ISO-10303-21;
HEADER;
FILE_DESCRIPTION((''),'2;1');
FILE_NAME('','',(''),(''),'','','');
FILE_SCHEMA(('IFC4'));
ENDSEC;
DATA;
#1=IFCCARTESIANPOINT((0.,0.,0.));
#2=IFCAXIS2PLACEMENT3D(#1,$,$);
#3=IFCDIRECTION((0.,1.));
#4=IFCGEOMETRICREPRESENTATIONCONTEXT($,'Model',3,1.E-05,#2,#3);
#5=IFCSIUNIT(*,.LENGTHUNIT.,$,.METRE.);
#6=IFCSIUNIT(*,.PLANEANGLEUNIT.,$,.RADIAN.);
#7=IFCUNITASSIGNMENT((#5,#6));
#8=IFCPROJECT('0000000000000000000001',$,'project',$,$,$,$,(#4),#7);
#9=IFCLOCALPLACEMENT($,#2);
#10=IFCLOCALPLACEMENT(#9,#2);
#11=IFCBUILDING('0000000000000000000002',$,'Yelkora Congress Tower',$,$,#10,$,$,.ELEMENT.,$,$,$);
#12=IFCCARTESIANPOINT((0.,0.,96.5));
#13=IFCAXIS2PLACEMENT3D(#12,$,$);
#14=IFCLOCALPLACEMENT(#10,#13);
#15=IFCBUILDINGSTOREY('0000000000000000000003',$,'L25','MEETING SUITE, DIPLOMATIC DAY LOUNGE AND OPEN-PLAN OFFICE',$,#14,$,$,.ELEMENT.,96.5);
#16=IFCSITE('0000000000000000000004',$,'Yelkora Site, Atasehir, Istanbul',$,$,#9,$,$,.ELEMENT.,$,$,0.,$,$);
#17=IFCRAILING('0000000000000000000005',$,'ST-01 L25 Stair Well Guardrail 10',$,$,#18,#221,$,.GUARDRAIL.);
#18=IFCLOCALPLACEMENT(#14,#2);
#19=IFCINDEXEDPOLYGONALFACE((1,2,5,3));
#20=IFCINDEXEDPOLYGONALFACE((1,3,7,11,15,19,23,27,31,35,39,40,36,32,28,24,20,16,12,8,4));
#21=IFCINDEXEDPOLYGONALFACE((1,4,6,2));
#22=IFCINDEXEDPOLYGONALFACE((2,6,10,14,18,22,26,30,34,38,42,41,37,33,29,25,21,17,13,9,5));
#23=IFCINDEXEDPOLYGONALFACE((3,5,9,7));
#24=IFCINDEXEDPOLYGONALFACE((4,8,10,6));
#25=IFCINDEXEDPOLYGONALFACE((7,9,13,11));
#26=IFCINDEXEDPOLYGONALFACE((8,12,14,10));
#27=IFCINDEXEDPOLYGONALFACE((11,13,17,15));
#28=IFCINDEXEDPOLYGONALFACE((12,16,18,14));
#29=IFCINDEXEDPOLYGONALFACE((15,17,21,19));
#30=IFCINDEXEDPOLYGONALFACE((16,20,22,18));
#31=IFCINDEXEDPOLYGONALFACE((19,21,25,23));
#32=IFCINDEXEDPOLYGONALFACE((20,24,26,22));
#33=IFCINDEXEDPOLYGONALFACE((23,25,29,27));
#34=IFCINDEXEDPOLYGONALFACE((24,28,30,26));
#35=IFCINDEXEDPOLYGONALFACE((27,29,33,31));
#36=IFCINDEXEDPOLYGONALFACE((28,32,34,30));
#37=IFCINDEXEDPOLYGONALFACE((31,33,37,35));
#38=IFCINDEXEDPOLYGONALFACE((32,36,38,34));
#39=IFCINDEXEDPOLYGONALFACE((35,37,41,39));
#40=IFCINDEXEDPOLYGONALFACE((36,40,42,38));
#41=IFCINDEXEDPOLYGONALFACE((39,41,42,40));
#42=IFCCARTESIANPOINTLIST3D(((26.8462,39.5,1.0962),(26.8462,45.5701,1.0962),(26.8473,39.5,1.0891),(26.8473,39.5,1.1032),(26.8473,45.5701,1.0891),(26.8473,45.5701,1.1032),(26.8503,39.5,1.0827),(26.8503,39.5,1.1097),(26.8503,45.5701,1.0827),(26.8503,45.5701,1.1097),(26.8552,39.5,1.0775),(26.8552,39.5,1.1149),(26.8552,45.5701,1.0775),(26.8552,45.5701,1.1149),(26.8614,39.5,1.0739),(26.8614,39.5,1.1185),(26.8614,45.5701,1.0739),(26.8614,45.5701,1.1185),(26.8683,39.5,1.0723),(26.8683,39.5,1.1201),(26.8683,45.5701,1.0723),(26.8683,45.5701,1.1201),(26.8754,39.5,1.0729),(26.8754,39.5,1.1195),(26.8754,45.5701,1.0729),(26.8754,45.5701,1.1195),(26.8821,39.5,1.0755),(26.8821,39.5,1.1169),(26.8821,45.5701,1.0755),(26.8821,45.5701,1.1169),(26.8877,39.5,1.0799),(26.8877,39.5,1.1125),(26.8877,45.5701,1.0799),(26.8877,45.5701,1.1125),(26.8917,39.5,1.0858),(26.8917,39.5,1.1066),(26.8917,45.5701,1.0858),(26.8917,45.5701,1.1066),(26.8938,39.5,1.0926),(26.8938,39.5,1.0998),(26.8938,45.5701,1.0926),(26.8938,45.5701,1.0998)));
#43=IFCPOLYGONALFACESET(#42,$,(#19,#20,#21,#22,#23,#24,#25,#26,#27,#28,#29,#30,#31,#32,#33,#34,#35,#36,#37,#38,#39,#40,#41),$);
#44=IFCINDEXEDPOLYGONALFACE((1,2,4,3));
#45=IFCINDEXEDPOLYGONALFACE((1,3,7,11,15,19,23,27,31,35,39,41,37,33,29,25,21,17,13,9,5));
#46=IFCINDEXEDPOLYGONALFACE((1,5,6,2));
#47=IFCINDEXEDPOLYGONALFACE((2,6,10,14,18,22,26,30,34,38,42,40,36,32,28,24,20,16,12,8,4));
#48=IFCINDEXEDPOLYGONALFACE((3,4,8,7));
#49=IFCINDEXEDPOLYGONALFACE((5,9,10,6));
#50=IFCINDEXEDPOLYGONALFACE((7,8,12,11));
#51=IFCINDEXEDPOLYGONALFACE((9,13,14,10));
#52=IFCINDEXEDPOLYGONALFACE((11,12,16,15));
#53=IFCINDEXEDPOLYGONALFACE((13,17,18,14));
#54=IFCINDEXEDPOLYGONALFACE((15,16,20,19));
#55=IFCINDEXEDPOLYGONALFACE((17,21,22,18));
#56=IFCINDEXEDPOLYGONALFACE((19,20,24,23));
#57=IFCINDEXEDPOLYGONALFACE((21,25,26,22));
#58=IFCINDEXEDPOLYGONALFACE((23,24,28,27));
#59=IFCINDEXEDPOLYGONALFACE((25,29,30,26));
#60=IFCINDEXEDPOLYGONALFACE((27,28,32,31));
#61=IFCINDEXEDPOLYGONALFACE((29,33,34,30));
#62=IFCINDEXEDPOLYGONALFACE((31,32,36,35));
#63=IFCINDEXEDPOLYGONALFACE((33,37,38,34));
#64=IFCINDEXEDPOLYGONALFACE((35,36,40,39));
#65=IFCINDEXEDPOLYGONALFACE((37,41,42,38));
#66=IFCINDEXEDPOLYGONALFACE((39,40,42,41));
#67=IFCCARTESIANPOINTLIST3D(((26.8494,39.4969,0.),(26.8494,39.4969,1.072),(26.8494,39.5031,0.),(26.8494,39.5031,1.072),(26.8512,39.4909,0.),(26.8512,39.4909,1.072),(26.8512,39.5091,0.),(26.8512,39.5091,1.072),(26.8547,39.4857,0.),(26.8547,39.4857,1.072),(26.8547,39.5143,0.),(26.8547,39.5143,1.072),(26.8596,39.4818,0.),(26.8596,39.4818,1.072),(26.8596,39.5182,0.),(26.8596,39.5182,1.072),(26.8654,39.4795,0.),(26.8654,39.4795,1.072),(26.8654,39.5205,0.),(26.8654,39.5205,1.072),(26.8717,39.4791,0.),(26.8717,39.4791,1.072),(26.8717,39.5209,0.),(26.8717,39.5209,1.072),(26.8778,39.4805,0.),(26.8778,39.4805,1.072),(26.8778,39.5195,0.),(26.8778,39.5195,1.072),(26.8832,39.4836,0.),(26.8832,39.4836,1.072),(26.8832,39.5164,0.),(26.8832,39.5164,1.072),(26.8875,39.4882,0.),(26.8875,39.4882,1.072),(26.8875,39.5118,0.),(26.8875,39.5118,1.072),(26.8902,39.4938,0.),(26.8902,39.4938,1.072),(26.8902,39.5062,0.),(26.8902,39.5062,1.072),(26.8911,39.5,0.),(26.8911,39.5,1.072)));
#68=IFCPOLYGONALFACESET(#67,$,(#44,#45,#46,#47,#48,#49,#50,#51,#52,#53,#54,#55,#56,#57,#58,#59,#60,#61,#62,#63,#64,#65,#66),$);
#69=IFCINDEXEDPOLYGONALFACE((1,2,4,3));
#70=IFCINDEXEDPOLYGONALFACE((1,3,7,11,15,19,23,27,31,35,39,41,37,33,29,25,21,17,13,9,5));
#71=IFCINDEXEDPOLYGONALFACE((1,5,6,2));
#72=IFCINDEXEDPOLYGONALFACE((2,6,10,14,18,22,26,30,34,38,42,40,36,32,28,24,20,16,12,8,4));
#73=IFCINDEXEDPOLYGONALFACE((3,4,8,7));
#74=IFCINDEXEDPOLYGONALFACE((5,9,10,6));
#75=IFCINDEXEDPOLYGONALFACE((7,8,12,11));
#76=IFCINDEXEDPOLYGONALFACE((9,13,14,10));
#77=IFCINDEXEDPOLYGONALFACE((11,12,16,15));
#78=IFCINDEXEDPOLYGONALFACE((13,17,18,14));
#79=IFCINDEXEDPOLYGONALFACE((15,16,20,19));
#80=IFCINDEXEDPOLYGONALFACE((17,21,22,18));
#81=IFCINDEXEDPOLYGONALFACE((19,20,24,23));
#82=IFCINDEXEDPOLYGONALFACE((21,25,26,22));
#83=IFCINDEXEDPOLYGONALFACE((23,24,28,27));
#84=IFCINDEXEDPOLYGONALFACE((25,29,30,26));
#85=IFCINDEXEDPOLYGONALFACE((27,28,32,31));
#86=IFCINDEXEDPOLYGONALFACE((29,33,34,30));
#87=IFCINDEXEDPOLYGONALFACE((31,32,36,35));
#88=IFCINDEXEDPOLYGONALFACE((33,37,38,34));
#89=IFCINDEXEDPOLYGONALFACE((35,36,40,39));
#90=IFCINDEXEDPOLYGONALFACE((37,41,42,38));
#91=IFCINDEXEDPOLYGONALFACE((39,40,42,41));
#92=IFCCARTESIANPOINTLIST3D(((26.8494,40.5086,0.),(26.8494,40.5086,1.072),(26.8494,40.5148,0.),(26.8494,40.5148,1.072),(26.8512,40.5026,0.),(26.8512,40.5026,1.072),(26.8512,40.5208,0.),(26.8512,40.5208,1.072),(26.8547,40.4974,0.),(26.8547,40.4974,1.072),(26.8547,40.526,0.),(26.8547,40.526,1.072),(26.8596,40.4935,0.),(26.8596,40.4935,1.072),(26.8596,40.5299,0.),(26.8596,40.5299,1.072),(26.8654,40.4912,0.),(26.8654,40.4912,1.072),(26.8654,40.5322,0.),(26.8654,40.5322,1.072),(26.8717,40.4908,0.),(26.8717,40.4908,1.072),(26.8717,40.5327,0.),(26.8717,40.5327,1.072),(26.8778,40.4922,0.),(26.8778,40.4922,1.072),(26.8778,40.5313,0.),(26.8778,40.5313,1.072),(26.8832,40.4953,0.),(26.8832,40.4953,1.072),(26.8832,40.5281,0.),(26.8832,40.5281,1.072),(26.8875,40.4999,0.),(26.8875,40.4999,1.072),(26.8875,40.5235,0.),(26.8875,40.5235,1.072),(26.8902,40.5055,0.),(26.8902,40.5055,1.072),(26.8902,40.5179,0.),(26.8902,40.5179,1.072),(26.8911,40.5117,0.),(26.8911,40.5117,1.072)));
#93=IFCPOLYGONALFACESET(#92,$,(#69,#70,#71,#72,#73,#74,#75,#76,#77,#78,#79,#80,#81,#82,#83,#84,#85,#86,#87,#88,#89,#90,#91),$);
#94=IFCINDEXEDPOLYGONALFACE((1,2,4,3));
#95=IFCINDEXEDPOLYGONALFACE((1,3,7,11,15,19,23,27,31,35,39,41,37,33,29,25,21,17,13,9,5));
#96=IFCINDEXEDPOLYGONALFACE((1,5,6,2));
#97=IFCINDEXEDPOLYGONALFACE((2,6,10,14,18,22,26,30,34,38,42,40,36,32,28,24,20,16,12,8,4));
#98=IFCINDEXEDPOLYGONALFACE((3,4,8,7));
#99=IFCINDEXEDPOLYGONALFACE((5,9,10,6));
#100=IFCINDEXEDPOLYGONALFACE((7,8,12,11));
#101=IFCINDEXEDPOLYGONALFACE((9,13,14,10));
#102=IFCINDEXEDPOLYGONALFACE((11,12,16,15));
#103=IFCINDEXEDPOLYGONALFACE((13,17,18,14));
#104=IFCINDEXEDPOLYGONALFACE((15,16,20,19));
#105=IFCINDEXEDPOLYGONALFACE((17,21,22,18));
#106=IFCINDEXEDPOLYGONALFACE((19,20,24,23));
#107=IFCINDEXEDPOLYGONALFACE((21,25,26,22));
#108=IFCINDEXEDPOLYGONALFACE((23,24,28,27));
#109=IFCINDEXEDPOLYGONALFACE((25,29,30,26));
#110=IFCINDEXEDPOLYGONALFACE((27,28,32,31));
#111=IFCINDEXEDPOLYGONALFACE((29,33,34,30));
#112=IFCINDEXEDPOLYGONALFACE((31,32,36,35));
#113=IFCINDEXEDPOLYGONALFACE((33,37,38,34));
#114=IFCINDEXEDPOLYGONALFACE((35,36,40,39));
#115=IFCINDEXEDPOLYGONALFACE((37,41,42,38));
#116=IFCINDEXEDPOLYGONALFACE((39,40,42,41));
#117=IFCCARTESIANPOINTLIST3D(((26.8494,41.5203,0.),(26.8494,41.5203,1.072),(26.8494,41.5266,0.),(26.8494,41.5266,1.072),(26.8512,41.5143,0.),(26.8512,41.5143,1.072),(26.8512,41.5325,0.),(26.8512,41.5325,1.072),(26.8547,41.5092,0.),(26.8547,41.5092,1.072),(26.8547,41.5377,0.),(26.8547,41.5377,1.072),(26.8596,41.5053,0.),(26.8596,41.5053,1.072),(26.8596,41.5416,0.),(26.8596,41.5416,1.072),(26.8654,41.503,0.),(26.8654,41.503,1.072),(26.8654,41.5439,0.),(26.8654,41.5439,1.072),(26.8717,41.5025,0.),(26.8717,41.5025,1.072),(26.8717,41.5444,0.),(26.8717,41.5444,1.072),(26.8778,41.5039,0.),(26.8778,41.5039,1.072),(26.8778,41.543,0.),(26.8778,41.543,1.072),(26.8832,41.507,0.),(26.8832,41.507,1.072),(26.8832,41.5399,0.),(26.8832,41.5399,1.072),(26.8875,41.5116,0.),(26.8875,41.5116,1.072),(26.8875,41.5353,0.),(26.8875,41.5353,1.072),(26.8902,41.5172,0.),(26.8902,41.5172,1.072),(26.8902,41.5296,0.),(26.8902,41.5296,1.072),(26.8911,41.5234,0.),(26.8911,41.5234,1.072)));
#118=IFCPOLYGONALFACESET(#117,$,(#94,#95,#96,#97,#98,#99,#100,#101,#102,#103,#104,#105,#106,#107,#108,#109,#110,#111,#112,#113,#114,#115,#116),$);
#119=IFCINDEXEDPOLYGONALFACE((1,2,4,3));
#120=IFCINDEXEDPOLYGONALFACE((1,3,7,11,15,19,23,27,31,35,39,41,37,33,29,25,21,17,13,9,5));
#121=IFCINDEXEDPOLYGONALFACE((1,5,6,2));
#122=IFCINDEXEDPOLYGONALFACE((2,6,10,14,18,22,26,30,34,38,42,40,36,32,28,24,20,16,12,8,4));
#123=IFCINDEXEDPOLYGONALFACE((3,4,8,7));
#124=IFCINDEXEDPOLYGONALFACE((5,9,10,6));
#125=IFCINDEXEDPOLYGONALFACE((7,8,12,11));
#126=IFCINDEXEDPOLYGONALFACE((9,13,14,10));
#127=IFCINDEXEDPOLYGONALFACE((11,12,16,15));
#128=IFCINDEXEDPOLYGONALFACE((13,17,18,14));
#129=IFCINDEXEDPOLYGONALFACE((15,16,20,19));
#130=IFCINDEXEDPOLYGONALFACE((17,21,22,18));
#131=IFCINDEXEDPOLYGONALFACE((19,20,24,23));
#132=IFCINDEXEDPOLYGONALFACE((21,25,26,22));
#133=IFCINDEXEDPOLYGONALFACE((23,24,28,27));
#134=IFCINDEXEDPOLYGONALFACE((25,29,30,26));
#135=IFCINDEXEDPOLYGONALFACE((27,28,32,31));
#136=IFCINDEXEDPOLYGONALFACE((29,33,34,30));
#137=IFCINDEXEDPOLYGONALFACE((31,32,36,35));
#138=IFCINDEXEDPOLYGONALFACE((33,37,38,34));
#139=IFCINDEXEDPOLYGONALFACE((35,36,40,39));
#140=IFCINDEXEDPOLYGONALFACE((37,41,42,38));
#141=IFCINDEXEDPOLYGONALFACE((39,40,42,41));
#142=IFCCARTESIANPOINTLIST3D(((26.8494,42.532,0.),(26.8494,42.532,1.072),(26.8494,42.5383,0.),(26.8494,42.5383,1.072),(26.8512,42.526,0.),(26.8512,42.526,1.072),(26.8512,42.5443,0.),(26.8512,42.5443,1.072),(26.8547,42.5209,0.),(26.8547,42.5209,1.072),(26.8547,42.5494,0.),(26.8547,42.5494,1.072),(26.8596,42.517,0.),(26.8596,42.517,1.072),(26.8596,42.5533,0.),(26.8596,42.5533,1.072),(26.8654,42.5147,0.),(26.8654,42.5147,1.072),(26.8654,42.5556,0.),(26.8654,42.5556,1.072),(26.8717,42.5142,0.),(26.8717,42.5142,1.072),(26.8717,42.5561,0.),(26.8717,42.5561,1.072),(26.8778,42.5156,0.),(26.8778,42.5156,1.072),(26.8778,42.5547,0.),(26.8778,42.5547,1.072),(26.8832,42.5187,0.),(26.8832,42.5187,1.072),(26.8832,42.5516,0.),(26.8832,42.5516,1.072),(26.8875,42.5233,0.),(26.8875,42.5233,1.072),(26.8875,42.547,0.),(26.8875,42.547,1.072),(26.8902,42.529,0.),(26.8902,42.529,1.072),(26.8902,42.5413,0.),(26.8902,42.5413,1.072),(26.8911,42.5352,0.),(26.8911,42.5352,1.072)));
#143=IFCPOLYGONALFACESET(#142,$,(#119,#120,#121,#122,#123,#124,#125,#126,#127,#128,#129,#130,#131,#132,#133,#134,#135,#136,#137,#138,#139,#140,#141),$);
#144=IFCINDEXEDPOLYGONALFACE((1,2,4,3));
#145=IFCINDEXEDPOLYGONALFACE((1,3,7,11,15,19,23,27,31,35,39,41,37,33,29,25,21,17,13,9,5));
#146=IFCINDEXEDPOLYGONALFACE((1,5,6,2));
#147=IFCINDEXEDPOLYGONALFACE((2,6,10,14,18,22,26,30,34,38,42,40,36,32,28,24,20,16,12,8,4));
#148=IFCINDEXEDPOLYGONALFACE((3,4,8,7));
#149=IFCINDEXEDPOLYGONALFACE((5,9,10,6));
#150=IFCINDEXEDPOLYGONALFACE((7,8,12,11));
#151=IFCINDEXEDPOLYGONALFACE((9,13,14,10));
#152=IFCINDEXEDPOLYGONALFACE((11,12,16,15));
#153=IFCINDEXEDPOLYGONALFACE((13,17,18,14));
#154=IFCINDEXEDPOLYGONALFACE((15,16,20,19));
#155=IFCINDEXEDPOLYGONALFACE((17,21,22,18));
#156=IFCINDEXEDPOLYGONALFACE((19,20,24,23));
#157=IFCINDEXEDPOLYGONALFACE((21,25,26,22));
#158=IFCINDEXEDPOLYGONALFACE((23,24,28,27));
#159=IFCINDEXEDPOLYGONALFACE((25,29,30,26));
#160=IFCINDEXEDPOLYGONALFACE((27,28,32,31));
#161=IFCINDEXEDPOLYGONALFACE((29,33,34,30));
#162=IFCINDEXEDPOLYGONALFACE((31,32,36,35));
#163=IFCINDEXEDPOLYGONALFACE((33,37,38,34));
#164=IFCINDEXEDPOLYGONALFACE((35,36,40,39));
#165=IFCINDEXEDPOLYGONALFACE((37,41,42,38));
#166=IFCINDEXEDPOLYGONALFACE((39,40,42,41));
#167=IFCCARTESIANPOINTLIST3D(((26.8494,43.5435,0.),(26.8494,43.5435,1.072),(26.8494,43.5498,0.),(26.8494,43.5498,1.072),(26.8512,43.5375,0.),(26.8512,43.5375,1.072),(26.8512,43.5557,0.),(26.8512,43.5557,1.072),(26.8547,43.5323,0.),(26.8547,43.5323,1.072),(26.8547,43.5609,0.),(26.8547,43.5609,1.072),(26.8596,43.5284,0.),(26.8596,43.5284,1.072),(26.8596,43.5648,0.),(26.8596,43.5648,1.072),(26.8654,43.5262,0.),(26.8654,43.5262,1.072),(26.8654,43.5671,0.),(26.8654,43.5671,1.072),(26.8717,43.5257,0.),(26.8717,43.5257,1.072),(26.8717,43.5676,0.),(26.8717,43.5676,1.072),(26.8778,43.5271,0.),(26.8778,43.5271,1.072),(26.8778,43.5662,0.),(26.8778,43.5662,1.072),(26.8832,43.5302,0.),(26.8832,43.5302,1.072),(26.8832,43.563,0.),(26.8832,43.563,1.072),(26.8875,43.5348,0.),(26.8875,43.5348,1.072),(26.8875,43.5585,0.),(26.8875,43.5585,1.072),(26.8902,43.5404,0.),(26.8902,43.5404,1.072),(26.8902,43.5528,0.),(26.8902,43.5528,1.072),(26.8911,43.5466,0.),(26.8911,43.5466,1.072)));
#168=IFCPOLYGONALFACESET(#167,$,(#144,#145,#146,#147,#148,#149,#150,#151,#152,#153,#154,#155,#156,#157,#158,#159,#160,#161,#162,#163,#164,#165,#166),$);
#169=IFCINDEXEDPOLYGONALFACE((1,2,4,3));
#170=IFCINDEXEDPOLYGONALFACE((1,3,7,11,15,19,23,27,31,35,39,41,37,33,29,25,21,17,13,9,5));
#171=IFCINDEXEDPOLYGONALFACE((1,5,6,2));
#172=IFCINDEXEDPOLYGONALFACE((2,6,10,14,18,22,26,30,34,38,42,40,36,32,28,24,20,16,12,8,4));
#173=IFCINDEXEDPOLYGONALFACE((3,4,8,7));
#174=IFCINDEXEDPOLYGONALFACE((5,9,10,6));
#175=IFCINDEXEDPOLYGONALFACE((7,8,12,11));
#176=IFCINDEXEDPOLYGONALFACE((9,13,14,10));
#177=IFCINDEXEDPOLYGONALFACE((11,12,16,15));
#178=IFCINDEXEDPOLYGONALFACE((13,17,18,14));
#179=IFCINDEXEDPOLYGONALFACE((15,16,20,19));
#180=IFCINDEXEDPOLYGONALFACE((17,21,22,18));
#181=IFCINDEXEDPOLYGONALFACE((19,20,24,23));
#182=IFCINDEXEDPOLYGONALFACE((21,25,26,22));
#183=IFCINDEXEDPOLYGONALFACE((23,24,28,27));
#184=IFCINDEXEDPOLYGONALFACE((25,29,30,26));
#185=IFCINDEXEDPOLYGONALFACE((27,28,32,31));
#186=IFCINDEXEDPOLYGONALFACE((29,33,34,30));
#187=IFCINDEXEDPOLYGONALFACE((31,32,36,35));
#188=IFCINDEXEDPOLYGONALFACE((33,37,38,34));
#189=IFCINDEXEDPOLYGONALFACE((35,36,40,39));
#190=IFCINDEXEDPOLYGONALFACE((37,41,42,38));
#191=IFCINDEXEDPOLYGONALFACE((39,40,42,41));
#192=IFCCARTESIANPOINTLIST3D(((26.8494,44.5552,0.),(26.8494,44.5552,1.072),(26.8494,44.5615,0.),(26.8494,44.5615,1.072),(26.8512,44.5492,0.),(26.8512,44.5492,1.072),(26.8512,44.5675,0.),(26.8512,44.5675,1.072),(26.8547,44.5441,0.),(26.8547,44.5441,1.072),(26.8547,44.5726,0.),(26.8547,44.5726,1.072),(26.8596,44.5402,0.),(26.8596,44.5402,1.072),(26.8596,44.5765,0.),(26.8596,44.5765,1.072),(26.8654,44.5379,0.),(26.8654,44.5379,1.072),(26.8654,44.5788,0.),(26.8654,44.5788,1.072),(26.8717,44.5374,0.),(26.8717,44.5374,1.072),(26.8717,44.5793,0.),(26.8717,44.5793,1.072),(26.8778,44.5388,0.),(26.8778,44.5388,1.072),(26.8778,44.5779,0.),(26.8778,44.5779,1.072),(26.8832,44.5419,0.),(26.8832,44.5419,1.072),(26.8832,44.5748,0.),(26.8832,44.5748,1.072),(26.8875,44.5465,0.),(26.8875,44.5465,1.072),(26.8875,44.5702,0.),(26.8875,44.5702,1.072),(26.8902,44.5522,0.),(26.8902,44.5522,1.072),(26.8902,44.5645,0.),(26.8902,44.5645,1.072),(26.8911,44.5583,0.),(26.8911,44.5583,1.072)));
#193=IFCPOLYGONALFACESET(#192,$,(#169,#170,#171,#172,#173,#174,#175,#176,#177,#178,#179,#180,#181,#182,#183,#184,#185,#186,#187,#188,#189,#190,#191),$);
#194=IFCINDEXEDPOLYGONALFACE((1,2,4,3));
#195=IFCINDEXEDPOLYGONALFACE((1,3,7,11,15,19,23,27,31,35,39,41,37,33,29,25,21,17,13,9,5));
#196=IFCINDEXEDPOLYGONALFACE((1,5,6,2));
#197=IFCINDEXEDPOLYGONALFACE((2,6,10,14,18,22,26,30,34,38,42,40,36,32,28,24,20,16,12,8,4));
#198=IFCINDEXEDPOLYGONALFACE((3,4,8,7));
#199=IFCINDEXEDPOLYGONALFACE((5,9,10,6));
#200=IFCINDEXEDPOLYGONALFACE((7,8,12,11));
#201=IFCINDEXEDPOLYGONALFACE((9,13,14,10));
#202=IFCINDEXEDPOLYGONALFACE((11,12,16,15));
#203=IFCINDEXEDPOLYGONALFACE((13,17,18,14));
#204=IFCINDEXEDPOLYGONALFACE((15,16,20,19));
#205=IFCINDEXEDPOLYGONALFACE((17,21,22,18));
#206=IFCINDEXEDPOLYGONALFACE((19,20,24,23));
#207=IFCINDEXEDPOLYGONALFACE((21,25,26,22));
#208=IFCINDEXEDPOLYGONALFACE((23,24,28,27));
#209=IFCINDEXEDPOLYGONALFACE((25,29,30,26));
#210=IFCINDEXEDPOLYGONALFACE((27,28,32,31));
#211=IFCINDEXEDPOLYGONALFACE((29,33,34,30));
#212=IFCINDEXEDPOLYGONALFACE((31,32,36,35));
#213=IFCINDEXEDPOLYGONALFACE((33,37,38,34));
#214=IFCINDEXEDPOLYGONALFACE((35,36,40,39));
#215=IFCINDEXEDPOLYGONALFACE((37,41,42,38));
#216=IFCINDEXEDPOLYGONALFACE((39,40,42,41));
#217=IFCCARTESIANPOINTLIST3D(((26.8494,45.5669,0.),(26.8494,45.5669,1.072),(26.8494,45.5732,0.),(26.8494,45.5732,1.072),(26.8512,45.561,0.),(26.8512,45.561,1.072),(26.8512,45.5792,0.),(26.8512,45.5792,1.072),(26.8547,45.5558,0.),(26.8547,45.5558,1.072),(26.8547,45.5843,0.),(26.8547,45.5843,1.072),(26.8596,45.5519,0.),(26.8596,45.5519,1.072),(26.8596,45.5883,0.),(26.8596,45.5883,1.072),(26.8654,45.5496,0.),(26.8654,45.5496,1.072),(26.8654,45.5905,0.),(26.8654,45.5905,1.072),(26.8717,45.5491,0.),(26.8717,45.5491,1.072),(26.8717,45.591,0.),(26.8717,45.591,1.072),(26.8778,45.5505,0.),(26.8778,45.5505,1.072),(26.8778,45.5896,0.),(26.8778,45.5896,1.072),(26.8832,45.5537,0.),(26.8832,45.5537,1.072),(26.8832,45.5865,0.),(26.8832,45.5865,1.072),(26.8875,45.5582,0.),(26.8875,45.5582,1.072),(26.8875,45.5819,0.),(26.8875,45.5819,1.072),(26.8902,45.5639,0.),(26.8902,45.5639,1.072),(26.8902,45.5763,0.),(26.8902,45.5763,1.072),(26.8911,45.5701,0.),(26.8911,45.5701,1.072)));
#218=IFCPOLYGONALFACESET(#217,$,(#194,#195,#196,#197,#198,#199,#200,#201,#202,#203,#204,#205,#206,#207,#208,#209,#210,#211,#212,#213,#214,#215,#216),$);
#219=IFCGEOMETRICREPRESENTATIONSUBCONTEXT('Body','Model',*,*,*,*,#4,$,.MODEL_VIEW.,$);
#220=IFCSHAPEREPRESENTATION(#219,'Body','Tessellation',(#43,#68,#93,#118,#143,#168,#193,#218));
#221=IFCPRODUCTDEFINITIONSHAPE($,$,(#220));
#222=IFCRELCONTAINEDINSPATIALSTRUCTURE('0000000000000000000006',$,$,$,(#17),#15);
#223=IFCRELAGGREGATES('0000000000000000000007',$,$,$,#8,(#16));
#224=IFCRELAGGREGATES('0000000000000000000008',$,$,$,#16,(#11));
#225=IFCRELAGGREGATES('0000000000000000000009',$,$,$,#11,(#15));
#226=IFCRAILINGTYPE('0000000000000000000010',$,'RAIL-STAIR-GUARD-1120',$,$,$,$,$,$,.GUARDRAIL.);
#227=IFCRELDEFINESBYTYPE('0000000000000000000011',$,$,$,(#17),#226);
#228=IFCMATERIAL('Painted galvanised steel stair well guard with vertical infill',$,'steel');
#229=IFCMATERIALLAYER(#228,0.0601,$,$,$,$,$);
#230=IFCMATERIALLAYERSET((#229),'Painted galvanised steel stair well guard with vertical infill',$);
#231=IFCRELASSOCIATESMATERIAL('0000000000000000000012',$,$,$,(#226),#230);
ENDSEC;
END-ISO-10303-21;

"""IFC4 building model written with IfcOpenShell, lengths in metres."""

from ifc_helpers import new_model, si_unit, direction, frame, origin, origin_2d, place, context, subcontext, project, spatial, circle, extrude, material, layer, layer_set, type_object, element, save


model = new_model("IFC4")

# Units and contexts
model_context = context("Model", 3, precision=1e-05, world=origin(), true_north=direction((0.0, 1.0)))
body_context = subcontext(model_context, "Body", "Model", "MODEL_VIEW")
ifc_project = project(units=[si_unit("LENGTHUNIT", "METRE"), si_unit("PLANEANGLEUNIT", "RADIAN")], contexts=[model_context])

# Site, building, storey
site_placement = place(None, origin())
site = spatial("IfcSite", under=ifc_project, at=site_placement, Name="Yelkora Site, Atasehir, Istanbul", CompositionType="ELEMENT", RefElevation=0.0)
building_placement = place(site_placement, origin())
building = spatial("IfcBuilding", under=site, at=building_placement, Name="Yelkora Congress Tower", CompositionType="ELEMENT")
storey_placement = place(building_placement, frame((0.0, 0.0, 96.5)))
storey = spatial("IfcBuildingStorey", under=building, at=storey_placement, Name="L25", Description="MEETING SUITE, DIPLOMATIC DAY LOUNGE AND OPEN-PLAN OFFICE", CompositionType="ELEMENT", Elevation=96.5)

# Railing
ifc_material_1 = material(Name="Painted galvanised steel stair well guard with vertical infill", Category="steel")
ifc_layer_1 = layer(ifc_material_1, 0.0601)
ifc_layer_set_1 = layer_set([ifc_layer_1], Name="Painted galvanised steel stair well guard with vertical infill")
railing_type_1 = type_object("IfcRailingType", Name="RAIL-STAIR-GUARD-1120", PredefinedType="GUARDRAIL", material=ifc_layer_set_1)
railing_1_placement = place(storey_placement, frame((26.8701, 39.5, 0.0)))
element("IfcRailing", 1, at=railing_1_placement, inside=storey, type_object=railing_type_1, Name="ST-01 L25 Stair Well Guardrail 10", PredefinedType="GUARDRAIL", context=body_context, shape_type="SweptSolid", body=[
    extrude(circle(Radius=0.0239, at=origin_2d()), frame((0.0, 0.0, 1.0962), z_axis=(0.0, 1.0, 0.0), x_axis=(-1.0, 0.0, 0.0)), (0.0, 0.0, 1.0), 6.0701),
    extrude(circle(Radius=0.021, at=origin_2d()), origin(), (0.0, 0.0, 1.0), 1.072),
    extrude(circle(Radius=0.021, at=origin_2d()), frame((0.0, 1.0117, 0.0)), (0.0, 0.0, 1.0), 1.072),
    extrude(circle(Radius=0.021, at=origin_2d()), frame((0.0, 2.0234, 0.0)), (0.0, 0.0, 1.0), 1.072),
    extrude(circle(Radius=0.021, at=origin_2d()), frame((0.0, 3.0352, 0.0)), (0.0, 0.0, 1.0), 1.072),
    extrude(circle(Radius=0.021, at=origin_2d()), frame((0.0, 4.0466, 0.0)), (0.0, 0.0, 1.0), 1.072),
    extrude(circle(Radius=0.021, at=origin_2d()), frame((0.0, 5.0583, 0.0)), (0.0, 0.0, 1.0), 1.072),
    extrude(circle(Radius=0.021, at=origin_2d()), frame((0.0, 6.0701, 0.0)), (0.0, 0.0, 1.0), 1.072),
])

save(model, "model.ifc")
